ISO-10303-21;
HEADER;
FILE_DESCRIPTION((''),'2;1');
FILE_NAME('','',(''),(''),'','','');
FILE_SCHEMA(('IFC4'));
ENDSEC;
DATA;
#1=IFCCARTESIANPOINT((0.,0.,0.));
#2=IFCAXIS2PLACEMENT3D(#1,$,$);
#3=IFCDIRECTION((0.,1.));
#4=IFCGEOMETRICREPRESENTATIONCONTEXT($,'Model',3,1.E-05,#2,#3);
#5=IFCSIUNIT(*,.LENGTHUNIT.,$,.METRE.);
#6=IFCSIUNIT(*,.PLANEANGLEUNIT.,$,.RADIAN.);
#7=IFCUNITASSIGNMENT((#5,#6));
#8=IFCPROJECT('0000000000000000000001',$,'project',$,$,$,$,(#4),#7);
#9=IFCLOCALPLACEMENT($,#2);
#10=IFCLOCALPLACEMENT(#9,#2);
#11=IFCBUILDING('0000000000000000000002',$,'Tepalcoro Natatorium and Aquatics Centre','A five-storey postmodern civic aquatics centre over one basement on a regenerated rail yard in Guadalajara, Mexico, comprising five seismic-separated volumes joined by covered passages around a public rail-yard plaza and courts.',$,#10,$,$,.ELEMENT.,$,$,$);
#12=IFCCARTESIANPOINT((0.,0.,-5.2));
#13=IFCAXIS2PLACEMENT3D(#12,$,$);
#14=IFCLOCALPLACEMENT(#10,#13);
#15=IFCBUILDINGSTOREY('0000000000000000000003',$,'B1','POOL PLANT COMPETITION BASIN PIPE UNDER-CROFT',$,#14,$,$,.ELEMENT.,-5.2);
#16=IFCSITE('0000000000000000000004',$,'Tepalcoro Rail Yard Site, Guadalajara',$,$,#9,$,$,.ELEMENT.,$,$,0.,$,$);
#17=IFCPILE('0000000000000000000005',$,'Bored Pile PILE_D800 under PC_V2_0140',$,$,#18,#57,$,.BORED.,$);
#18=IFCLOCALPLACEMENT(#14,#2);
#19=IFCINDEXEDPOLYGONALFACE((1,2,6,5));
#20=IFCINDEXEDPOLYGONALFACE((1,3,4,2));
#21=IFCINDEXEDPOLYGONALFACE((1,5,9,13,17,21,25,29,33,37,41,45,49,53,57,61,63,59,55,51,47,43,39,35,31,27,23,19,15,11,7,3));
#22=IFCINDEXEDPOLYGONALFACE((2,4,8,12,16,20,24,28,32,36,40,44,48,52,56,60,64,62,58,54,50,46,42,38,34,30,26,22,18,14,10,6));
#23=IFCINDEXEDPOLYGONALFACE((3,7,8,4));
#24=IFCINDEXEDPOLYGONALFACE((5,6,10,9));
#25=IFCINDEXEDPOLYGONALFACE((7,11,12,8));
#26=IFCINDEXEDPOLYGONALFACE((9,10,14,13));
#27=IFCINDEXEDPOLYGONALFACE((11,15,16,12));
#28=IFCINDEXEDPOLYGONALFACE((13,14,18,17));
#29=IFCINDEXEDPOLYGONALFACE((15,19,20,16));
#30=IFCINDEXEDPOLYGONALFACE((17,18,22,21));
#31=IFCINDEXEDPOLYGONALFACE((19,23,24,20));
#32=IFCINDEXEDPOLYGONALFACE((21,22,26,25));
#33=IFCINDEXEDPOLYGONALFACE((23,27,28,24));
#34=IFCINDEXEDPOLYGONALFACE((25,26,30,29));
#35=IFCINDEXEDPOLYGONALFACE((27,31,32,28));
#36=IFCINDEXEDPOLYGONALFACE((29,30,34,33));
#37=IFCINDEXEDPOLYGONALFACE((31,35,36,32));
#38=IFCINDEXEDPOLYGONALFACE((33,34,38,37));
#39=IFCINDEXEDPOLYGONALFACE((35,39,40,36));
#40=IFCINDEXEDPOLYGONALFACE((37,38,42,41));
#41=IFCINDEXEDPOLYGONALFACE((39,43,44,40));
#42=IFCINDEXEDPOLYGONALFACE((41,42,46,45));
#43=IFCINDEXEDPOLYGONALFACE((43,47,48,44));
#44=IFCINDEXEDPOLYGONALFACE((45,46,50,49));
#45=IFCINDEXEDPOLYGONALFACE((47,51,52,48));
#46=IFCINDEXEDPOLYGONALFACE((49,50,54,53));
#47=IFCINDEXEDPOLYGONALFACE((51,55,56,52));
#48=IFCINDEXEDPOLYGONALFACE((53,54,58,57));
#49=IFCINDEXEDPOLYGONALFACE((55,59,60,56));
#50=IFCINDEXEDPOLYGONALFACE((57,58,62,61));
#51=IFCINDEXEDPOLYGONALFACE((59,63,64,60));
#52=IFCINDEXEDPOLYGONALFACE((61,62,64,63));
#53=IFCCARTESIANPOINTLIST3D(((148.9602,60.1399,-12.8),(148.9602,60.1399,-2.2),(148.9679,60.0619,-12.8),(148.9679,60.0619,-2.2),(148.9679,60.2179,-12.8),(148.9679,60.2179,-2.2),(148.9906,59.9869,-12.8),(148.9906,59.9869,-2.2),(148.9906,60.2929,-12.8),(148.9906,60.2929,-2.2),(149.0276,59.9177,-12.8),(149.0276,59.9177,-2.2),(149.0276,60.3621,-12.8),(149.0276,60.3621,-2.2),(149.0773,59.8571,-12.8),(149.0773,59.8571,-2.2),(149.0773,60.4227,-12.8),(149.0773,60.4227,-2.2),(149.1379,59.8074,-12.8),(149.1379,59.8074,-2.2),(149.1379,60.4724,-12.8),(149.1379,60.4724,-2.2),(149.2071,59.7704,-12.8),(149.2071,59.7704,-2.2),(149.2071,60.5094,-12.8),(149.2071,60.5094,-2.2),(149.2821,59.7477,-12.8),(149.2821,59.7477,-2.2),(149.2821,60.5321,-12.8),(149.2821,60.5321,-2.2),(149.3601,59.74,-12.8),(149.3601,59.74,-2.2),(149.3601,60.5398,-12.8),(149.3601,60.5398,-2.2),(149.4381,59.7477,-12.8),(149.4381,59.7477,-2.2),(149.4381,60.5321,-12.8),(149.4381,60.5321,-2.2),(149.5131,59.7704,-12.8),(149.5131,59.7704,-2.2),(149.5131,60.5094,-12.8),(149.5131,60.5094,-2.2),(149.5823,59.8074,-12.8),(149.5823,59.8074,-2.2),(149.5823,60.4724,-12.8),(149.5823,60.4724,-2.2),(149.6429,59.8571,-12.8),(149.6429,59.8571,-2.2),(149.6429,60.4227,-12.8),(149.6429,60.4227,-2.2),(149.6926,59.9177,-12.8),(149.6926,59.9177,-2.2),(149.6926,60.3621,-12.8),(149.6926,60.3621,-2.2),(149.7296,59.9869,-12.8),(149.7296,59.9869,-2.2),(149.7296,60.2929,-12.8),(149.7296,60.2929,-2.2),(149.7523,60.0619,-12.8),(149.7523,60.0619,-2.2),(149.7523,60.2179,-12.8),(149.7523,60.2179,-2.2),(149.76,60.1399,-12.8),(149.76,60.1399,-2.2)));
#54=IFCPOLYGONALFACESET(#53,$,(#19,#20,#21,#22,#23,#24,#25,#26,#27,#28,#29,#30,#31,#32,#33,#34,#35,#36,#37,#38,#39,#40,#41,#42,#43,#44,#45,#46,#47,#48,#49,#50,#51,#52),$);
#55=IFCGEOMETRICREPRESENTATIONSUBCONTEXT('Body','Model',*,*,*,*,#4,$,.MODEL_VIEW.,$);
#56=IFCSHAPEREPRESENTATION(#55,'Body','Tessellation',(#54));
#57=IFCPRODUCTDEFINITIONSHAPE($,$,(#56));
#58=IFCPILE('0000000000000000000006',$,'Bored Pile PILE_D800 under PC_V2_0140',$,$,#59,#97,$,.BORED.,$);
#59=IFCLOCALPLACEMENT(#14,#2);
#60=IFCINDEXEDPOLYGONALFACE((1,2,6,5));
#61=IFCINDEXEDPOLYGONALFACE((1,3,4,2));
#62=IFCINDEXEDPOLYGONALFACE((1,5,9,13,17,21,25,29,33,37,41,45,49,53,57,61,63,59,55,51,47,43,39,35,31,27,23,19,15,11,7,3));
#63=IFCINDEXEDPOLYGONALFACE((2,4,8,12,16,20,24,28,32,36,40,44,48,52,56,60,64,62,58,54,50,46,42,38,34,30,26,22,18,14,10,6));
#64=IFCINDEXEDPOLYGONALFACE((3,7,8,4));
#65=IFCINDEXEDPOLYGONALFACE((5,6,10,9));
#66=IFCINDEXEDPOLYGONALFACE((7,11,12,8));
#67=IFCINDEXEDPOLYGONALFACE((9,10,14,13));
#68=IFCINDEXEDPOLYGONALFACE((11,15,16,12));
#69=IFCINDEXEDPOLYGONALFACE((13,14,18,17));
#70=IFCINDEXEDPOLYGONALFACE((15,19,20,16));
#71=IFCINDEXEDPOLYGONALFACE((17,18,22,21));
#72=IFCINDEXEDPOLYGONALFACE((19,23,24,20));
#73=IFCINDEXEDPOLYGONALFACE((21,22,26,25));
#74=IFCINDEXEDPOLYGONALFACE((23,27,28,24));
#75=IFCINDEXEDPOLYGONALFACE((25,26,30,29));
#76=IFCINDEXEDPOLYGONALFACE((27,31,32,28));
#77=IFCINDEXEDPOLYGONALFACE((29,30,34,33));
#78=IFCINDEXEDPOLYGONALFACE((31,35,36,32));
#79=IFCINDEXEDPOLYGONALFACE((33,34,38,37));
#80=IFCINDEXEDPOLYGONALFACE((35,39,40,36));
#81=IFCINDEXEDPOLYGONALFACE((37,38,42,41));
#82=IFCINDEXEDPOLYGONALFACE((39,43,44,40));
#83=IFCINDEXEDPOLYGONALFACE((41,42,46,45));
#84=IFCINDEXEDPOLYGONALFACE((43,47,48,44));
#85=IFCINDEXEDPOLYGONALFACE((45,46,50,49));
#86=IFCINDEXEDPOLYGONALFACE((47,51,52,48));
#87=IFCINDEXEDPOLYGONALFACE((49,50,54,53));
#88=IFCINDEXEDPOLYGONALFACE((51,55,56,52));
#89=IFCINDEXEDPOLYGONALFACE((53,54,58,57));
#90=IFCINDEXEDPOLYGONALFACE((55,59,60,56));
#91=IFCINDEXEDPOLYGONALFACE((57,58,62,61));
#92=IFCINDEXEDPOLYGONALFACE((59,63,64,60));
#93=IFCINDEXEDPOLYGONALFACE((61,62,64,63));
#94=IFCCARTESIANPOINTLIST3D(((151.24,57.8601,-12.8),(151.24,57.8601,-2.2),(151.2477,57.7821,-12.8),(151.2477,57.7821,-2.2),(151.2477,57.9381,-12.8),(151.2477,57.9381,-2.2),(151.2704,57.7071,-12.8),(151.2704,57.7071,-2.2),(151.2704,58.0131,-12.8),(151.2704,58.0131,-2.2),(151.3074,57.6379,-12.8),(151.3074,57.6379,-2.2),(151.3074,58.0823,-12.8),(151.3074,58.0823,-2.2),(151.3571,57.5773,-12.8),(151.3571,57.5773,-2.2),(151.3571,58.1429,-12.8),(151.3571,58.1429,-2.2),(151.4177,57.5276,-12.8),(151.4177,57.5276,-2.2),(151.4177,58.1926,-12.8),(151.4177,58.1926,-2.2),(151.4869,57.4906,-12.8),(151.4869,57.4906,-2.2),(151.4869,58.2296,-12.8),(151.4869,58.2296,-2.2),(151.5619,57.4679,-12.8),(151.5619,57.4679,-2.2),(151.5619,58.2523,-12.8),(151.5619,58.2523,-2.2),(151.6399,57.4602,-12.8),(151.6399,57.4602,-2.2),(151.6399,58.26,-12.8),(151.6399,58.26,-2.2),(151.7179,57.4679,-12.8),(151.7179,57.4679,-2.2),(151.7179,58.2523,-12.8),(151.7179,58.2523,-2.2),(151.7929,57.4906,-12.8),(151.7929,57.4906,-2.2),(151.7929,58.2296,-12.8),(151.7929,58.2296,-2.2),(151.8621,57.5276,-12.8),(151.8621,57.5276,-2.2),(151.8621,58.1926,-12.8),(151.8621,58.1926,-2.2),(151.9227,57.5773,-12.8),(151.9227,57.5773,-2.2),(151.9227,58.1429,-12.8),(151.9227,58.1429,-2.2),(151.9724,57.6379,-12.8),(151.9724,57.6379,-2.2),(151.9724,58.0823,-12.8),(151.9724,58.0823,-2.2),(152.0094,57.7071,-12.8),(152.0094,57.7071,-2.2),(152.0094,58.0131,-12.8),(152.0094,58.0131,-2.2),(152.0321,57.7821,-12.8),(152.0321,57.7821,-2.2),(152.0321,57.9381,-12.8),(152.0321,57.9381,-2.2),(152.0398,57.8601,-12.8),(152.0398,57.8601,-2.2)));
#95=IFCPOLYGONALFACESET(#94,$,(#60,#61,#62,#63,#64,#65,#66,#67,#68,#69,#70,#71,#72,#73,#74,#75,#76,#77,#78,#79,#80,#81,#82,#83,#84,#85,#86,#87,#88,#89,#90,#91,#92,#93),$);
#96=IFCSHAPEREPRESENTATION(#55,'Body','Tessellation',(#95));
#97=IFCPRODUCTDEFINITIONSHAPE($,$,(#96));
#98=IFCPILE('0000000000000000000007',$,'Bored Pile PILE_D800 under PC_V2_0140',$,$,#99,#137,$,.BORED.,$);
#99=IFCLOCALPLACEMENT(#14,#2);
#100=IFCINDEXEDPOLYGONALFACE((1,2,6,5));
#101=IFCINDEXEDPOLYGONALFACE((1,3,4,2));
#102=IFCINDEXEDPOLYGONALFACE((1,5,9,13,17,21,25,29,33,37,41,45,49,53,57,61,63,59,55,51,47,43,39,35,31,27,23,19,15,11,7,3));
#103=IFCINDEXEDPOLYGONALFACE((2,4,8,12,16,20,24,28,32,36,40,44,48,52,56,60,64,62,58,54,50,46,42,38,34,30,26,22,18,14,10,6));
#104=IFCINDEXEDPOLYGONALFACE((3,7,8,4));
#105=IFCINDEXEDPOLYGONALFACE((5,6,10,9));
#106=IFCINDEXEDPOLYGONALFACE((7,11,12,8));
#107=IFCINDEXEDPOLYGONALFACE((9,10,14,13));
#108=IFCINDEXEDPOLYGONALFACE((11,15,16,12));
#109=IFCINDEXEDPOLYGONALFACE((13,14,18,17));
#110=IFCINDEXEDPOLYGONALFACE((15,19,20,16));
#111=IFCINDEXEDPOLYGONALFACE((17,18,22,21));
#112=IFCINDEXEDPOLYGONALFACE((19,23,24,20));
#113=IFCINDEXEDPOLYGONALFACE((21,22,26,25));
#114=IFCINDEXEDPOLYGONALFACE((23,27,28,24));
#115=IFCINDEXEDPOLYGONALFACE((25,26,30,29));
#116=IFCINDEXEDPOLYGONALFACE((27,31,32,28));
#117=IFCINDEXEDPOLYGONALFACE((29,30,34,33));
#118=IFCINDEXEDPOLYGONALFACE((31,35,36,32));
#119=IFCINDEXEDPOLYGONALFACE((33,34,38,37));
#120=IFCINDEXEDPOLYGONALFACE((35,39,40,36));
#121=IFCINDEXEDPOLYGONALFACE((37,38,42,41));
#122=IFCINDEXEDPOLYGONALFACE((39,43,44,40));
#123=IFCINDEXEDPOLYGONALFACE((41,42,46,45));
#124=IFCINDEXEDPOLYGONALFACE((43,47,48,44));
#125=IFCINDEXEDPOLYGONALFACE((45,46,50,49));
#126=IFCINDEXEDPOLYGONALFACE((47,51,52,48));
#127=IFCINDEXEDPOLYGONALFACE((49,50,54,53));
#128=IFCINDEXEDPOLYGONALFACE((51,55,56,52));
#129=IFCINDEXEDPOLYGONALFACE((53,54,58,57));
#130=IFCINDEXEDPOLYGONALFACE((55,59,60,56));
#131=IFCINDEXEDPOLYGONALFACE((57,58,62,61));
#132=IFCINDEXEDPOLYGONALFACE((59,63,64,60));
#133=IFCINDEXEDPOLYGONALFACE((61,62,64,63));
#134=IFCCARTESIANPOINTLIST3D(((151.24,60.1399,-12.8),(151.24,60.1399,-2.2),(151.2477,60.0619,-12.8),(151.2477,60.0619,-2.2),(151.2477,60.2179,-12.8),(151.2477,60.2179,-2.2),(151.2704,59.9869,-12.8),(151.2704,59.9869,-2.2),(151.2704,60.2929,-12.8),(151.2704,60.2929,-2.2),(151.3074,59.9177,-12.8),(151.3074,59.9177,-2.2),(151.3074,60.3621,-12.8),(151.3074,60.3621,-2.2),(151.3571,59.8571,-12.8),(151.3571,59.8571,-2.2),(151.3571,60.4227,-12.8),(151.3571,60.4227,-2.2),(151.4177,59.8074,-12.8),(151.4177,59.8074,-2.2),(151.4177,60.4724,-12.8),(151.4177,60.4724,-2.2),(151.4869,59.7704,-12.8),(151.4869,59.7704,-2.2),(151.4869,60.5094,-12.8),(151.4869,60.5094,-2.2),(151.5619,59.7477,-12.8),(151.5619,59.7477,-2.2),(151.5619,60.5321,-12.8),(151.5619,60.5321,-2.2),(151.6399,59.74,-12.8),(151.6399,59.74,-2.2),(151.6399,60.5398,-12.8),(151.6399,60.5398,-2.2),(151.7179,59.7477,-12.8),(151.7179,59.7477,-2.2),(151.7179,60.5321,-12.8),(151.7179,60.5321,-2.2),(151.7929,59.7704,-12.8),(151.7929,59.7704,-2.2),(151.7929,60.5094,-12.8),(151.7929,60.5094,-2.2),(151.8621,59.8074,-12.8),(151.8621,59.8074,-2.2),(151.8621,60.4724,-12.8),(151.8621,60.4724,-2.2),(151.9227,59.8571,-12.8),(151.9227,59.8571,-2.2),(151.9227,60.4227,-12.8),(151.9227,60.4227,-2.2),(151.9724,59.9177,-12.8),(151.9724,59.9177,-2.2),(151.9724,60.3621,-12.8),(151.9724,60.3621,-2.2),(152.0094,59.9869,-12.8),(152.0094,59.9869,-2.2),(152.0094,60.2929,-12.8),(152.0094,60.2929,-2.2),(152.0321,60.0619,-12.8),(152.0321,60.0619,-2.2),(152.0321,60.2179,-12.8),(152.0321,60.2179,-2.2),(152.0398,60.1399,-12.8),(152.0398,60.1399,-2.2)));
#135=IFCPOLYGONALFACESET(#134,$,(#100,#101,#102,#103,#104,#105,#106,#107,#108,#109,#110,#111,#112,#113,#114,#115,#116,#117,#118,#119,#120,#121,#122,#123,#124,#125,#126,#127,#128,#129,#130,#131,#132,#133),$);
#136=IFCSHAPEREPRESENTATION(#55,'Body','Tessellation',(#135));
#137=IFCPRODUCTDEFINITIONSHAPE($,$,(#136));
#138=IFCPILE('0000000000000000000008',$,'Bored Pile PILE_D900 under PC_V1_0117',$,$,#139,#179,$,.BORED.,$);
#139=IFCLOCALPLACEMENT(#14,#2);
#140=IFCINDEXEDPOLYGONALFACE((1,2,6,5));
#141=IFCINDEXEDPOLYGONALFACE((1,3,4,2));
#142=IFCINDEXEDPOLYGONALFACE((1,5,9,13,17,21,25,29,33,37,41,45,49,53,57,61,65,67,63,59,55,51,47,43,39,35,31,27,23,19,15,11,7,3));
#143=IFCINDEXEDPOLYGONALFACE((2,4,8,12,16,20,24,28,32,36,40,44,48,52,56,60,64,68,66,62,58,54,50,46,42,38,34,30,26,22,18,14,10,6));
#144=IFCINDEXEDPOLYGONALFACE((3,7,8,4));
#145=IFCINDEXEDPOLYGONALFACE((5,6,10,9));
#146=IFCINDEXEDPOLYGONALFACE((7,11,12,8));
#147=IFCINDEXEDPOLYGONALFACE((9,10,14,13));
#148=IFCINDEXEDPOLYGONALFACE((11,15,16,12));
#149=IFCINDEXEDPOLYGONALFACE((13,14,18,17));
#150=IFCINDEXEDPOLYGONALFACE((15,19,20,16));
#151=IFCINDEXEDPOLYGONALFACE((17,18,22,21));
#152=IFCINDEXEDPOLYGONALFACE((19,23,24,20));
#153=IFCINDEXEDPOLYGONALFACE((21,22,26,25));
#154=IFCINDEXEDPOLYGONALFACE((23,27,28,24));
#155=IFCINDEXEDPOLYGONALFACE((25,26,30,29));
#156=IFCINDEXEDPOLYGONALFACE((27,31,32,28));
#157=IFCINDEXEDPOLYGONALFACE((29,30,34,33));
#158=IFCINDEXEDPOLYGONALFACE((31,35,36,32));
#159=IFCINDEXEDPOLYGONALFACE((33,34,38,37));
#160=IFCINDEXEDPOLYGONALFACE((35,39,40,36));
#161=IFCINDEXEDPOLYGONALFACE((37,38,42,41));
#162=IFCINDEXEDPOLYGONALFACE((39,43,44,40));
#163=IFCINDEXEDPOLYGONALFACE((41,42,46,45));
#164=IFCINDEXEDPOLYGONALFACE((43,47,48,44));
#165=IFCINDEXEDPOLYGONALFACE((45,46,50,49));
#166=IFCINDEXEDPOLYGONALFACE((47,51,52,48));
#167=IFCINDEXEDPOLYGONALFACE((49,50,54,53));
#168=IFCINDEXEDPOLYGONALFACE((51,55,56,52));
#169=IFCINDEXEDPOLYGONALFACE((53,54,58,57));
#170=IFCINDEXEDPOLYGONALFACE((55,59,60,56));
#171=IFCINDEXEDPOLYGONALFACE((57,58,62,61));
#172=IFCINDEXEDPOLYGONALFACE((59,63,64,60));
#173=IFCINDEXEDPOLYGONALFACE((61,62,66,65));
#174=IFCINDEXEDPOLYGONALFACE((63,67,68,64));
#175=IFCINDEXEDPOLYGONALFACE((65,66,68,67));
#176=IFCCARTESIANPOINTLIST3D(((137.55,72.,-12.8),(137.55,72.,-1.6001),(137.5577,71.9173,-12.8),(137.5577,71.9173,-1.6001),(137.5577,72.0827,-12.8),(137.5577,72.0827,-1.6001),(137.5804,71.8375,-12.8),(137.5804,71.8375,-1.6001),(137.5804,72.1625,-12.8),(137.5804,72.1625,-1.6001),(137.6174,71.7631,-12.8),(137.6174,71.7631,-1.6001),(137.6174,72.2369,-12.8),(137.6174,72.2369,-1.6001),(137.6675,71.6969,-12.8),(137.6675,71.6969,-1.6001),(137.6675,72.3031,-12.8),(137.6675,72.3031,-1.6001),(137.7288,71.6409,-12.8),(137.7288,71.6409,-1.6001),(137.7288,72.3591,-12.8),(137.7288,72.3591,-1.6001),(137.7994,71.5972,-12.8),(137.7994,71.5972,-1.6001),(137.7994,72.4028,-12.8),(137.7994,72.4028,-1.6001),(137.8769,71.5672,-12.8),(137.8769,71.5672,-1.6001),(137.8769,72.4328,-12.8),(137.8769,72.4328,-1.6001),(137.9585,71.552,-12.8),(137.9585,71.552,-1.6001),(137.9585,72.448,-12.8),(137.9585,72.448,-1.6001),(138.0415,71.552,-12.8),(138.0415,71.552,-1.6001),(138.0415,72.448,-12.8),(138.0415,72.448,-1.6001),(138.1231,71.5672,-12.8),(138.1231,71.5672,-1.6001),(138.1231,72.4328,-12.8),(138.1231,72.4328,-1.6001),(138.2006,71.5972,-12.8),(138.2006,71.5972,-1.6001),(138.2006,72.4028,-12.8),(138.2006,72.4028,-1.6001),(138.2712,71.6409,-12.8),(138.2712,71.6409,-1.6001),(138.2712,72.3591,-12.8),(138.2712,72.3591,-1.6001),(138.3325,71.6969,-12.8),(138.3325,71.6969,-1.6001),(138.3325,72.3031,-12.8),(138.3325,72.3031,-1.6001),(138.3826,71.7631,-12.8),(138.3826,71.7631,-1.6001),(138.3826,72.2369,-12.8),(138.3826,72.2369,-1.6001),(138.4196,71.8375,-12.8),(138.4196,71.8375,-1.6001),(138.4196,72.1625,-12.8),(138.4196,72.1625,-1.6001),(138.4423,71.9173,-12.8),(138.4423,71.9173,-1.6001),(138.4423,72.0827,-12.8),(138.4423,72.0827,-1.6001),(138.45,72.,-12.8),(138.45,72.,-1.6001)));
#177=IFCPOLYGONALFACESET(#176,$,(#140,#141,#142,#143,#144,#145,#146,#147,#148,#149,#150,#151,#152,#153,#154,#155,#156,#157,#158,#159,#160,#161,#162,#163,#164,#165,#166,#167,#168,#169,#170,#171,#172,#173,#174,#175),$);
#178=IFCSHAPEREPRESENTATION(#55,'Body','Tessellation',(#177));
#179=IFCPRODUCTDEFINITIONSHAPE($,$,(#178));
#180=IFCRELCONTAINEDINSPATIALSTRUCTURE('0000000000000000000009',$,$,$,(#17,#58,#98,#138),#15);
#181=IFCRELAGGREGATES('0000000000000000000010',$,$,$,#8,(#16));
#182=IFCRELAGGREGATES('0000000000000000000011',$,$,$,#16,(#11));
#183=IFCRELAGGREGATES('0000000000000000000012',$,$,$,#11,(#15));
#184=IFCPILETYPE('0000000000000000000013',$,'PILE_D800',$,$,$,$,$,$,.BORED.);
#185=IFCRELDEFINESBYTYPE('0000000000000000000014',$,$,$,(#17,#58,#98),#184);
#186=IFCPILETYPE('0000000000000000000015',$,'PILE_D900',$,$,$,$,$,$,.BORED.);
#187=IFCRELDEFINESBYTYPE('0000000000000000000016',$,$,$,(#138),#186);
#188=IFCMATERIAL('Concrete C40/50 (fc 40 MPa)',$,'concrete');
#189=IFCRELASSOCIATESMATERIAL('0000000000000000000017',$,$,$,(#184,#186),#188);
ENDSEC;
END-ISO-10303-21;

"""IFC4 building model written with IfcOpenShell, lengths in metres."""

from ifc_helpers import new_model, si_unit, direction, frame, origin, origin_2d, place, context, subcontext, project, spatial, circle, extrude, material, material_profile, profile_set, type_object, element, save


model = new_model("IFC4")

# Units and contexts
model_context = context("Model", 3, precision=1e-05, world=origin(), true_north=direction((0.0, 1.0)))
body_context = subcontext(model_context, "Body", "Model", "MODEL_VIEW")
ifc_project = project(units=[si_unit("LENGTHUNIT", "METRE"), si_unit("PLANEANGLEUNIT", "RADIAN")], contexts=[model_context])

# Site, building, storey
site_placement = place(None, origin())
site = spatial("IfcSite", under=ifc_project, at=site_placement, Name="Tepalcoro Rail Yard Site, Guadalajara", CompositionType="ELEMENT", RefElevation=0.0)
building_placement = place(site_placement, origin())
building = spatial("IfcBuilding", under=site, at=building_placement, Name="Tepalcoro Natatorium and Aquatics Centre", Description="A five-storey postmodern civic aquatics centre over one basement on a regenerated rail yard in Guadalajara, Mexico, comprising five seismic-separated volumes joined by covered passages around a public rail-yard plaza and courts.", CompositionType="ELEMENT")
storey_placement = place(building_placement, frame((0.0, 0.0, -5.2)))
storey = spatial("IfcBuildingStorey", under=building, at=storey_placement, Name="B1", Description="POOL PLANT COMPETITION BASIN PIPE UNDER-CROFT", CompositionType="ELEMENT", Elevation=-5.2)

# Piles
ifc_material_1 = material(Name="Concrete C40/50 (fc 40 MPa)", Category="concrete")
ifc_material_profile_1 = material_profile(ifc_material_1, circle(Radius=0.3999, at=origin_2d()), Name="PILE_D800")
ifc_profile_set_1 = profile_set([ifc_material_profile_1], Name="Concrete C40/50 (fc 40 MPa)")
pile_type_1 = type_object("IfcPileType", Name="PILE_D800", PredefinedType="BORED", material=ifc_profile_set_1)
for number, where, z_axis, x_axis, name in (
    (1, (149.3601, 60.1399, -2.2), (0.0, 0.0, -1.0), (1.0, 0.0, 0.0), "Bored Pile PILE_D800 under PC_V2_0140"),
    (2, (151.6399, 57.8601, -2.2), (0.0, 0.0, -1.0), (1.0, 0.0, 0.0), "Bored Pile PILE_D800 under PC_V2_0140"),
    (3, (151.6399, 60.1399, -2.2), (0.0, 0.0, -1.0), (1.0, 0.0, 0.0), "Bored Pile PILE_D800 under PC_V2_0140"),
):
    element("IfcPile", number, at=place(storey_placement, frame(where, z_axis=z_axis, x_axis=x_axis)), inside=storey, type_object=pile_type_1, Name=name, PredefinedType="BORED", context=body_context, shape_type="SweptSolid", body=[
        extrude(circle(Radius=0.3999, at=origin_2d()), origin(), (0.0, 0.0, 1.0), 10.6001),
    ])
ifc_material_profile_2 = material_profile(ifc_material_1, circle(Radius=0.45, at=origin_2d()), Name="PILE_D900")
ifc_profile_set_2 = profile_set([ifc_material_profile_2], Name="Concrete C40/50 (fc 40 MPa)")
pile_type_2 = type_object("IfcPileType", Name="PILE_D900", PredefinedType="BORED", material=ifc_profile_set_2)
pile_1_placement = place(storey_placement, frame((138.0, 72.0, -1.6001), z_axis=(0.0, 0.0, -1.0), x_axis=(1.0, 0.0, 0.0)))
element("IfcPile", 4, at=pile_1_placement, inside=storey, type_object=pile_type_2, Name="Bored Pile PILE_D900 under PC_V1_0117", PredefinedType="BORED", context=body_context, shape_type="SweptSolid", body=[
    extrude(circle(Radius=0.45, at=origin_2d()), origin(), (0.0, 0.0, 1.0), 11.2),
])

save(model, "model.ifc")
